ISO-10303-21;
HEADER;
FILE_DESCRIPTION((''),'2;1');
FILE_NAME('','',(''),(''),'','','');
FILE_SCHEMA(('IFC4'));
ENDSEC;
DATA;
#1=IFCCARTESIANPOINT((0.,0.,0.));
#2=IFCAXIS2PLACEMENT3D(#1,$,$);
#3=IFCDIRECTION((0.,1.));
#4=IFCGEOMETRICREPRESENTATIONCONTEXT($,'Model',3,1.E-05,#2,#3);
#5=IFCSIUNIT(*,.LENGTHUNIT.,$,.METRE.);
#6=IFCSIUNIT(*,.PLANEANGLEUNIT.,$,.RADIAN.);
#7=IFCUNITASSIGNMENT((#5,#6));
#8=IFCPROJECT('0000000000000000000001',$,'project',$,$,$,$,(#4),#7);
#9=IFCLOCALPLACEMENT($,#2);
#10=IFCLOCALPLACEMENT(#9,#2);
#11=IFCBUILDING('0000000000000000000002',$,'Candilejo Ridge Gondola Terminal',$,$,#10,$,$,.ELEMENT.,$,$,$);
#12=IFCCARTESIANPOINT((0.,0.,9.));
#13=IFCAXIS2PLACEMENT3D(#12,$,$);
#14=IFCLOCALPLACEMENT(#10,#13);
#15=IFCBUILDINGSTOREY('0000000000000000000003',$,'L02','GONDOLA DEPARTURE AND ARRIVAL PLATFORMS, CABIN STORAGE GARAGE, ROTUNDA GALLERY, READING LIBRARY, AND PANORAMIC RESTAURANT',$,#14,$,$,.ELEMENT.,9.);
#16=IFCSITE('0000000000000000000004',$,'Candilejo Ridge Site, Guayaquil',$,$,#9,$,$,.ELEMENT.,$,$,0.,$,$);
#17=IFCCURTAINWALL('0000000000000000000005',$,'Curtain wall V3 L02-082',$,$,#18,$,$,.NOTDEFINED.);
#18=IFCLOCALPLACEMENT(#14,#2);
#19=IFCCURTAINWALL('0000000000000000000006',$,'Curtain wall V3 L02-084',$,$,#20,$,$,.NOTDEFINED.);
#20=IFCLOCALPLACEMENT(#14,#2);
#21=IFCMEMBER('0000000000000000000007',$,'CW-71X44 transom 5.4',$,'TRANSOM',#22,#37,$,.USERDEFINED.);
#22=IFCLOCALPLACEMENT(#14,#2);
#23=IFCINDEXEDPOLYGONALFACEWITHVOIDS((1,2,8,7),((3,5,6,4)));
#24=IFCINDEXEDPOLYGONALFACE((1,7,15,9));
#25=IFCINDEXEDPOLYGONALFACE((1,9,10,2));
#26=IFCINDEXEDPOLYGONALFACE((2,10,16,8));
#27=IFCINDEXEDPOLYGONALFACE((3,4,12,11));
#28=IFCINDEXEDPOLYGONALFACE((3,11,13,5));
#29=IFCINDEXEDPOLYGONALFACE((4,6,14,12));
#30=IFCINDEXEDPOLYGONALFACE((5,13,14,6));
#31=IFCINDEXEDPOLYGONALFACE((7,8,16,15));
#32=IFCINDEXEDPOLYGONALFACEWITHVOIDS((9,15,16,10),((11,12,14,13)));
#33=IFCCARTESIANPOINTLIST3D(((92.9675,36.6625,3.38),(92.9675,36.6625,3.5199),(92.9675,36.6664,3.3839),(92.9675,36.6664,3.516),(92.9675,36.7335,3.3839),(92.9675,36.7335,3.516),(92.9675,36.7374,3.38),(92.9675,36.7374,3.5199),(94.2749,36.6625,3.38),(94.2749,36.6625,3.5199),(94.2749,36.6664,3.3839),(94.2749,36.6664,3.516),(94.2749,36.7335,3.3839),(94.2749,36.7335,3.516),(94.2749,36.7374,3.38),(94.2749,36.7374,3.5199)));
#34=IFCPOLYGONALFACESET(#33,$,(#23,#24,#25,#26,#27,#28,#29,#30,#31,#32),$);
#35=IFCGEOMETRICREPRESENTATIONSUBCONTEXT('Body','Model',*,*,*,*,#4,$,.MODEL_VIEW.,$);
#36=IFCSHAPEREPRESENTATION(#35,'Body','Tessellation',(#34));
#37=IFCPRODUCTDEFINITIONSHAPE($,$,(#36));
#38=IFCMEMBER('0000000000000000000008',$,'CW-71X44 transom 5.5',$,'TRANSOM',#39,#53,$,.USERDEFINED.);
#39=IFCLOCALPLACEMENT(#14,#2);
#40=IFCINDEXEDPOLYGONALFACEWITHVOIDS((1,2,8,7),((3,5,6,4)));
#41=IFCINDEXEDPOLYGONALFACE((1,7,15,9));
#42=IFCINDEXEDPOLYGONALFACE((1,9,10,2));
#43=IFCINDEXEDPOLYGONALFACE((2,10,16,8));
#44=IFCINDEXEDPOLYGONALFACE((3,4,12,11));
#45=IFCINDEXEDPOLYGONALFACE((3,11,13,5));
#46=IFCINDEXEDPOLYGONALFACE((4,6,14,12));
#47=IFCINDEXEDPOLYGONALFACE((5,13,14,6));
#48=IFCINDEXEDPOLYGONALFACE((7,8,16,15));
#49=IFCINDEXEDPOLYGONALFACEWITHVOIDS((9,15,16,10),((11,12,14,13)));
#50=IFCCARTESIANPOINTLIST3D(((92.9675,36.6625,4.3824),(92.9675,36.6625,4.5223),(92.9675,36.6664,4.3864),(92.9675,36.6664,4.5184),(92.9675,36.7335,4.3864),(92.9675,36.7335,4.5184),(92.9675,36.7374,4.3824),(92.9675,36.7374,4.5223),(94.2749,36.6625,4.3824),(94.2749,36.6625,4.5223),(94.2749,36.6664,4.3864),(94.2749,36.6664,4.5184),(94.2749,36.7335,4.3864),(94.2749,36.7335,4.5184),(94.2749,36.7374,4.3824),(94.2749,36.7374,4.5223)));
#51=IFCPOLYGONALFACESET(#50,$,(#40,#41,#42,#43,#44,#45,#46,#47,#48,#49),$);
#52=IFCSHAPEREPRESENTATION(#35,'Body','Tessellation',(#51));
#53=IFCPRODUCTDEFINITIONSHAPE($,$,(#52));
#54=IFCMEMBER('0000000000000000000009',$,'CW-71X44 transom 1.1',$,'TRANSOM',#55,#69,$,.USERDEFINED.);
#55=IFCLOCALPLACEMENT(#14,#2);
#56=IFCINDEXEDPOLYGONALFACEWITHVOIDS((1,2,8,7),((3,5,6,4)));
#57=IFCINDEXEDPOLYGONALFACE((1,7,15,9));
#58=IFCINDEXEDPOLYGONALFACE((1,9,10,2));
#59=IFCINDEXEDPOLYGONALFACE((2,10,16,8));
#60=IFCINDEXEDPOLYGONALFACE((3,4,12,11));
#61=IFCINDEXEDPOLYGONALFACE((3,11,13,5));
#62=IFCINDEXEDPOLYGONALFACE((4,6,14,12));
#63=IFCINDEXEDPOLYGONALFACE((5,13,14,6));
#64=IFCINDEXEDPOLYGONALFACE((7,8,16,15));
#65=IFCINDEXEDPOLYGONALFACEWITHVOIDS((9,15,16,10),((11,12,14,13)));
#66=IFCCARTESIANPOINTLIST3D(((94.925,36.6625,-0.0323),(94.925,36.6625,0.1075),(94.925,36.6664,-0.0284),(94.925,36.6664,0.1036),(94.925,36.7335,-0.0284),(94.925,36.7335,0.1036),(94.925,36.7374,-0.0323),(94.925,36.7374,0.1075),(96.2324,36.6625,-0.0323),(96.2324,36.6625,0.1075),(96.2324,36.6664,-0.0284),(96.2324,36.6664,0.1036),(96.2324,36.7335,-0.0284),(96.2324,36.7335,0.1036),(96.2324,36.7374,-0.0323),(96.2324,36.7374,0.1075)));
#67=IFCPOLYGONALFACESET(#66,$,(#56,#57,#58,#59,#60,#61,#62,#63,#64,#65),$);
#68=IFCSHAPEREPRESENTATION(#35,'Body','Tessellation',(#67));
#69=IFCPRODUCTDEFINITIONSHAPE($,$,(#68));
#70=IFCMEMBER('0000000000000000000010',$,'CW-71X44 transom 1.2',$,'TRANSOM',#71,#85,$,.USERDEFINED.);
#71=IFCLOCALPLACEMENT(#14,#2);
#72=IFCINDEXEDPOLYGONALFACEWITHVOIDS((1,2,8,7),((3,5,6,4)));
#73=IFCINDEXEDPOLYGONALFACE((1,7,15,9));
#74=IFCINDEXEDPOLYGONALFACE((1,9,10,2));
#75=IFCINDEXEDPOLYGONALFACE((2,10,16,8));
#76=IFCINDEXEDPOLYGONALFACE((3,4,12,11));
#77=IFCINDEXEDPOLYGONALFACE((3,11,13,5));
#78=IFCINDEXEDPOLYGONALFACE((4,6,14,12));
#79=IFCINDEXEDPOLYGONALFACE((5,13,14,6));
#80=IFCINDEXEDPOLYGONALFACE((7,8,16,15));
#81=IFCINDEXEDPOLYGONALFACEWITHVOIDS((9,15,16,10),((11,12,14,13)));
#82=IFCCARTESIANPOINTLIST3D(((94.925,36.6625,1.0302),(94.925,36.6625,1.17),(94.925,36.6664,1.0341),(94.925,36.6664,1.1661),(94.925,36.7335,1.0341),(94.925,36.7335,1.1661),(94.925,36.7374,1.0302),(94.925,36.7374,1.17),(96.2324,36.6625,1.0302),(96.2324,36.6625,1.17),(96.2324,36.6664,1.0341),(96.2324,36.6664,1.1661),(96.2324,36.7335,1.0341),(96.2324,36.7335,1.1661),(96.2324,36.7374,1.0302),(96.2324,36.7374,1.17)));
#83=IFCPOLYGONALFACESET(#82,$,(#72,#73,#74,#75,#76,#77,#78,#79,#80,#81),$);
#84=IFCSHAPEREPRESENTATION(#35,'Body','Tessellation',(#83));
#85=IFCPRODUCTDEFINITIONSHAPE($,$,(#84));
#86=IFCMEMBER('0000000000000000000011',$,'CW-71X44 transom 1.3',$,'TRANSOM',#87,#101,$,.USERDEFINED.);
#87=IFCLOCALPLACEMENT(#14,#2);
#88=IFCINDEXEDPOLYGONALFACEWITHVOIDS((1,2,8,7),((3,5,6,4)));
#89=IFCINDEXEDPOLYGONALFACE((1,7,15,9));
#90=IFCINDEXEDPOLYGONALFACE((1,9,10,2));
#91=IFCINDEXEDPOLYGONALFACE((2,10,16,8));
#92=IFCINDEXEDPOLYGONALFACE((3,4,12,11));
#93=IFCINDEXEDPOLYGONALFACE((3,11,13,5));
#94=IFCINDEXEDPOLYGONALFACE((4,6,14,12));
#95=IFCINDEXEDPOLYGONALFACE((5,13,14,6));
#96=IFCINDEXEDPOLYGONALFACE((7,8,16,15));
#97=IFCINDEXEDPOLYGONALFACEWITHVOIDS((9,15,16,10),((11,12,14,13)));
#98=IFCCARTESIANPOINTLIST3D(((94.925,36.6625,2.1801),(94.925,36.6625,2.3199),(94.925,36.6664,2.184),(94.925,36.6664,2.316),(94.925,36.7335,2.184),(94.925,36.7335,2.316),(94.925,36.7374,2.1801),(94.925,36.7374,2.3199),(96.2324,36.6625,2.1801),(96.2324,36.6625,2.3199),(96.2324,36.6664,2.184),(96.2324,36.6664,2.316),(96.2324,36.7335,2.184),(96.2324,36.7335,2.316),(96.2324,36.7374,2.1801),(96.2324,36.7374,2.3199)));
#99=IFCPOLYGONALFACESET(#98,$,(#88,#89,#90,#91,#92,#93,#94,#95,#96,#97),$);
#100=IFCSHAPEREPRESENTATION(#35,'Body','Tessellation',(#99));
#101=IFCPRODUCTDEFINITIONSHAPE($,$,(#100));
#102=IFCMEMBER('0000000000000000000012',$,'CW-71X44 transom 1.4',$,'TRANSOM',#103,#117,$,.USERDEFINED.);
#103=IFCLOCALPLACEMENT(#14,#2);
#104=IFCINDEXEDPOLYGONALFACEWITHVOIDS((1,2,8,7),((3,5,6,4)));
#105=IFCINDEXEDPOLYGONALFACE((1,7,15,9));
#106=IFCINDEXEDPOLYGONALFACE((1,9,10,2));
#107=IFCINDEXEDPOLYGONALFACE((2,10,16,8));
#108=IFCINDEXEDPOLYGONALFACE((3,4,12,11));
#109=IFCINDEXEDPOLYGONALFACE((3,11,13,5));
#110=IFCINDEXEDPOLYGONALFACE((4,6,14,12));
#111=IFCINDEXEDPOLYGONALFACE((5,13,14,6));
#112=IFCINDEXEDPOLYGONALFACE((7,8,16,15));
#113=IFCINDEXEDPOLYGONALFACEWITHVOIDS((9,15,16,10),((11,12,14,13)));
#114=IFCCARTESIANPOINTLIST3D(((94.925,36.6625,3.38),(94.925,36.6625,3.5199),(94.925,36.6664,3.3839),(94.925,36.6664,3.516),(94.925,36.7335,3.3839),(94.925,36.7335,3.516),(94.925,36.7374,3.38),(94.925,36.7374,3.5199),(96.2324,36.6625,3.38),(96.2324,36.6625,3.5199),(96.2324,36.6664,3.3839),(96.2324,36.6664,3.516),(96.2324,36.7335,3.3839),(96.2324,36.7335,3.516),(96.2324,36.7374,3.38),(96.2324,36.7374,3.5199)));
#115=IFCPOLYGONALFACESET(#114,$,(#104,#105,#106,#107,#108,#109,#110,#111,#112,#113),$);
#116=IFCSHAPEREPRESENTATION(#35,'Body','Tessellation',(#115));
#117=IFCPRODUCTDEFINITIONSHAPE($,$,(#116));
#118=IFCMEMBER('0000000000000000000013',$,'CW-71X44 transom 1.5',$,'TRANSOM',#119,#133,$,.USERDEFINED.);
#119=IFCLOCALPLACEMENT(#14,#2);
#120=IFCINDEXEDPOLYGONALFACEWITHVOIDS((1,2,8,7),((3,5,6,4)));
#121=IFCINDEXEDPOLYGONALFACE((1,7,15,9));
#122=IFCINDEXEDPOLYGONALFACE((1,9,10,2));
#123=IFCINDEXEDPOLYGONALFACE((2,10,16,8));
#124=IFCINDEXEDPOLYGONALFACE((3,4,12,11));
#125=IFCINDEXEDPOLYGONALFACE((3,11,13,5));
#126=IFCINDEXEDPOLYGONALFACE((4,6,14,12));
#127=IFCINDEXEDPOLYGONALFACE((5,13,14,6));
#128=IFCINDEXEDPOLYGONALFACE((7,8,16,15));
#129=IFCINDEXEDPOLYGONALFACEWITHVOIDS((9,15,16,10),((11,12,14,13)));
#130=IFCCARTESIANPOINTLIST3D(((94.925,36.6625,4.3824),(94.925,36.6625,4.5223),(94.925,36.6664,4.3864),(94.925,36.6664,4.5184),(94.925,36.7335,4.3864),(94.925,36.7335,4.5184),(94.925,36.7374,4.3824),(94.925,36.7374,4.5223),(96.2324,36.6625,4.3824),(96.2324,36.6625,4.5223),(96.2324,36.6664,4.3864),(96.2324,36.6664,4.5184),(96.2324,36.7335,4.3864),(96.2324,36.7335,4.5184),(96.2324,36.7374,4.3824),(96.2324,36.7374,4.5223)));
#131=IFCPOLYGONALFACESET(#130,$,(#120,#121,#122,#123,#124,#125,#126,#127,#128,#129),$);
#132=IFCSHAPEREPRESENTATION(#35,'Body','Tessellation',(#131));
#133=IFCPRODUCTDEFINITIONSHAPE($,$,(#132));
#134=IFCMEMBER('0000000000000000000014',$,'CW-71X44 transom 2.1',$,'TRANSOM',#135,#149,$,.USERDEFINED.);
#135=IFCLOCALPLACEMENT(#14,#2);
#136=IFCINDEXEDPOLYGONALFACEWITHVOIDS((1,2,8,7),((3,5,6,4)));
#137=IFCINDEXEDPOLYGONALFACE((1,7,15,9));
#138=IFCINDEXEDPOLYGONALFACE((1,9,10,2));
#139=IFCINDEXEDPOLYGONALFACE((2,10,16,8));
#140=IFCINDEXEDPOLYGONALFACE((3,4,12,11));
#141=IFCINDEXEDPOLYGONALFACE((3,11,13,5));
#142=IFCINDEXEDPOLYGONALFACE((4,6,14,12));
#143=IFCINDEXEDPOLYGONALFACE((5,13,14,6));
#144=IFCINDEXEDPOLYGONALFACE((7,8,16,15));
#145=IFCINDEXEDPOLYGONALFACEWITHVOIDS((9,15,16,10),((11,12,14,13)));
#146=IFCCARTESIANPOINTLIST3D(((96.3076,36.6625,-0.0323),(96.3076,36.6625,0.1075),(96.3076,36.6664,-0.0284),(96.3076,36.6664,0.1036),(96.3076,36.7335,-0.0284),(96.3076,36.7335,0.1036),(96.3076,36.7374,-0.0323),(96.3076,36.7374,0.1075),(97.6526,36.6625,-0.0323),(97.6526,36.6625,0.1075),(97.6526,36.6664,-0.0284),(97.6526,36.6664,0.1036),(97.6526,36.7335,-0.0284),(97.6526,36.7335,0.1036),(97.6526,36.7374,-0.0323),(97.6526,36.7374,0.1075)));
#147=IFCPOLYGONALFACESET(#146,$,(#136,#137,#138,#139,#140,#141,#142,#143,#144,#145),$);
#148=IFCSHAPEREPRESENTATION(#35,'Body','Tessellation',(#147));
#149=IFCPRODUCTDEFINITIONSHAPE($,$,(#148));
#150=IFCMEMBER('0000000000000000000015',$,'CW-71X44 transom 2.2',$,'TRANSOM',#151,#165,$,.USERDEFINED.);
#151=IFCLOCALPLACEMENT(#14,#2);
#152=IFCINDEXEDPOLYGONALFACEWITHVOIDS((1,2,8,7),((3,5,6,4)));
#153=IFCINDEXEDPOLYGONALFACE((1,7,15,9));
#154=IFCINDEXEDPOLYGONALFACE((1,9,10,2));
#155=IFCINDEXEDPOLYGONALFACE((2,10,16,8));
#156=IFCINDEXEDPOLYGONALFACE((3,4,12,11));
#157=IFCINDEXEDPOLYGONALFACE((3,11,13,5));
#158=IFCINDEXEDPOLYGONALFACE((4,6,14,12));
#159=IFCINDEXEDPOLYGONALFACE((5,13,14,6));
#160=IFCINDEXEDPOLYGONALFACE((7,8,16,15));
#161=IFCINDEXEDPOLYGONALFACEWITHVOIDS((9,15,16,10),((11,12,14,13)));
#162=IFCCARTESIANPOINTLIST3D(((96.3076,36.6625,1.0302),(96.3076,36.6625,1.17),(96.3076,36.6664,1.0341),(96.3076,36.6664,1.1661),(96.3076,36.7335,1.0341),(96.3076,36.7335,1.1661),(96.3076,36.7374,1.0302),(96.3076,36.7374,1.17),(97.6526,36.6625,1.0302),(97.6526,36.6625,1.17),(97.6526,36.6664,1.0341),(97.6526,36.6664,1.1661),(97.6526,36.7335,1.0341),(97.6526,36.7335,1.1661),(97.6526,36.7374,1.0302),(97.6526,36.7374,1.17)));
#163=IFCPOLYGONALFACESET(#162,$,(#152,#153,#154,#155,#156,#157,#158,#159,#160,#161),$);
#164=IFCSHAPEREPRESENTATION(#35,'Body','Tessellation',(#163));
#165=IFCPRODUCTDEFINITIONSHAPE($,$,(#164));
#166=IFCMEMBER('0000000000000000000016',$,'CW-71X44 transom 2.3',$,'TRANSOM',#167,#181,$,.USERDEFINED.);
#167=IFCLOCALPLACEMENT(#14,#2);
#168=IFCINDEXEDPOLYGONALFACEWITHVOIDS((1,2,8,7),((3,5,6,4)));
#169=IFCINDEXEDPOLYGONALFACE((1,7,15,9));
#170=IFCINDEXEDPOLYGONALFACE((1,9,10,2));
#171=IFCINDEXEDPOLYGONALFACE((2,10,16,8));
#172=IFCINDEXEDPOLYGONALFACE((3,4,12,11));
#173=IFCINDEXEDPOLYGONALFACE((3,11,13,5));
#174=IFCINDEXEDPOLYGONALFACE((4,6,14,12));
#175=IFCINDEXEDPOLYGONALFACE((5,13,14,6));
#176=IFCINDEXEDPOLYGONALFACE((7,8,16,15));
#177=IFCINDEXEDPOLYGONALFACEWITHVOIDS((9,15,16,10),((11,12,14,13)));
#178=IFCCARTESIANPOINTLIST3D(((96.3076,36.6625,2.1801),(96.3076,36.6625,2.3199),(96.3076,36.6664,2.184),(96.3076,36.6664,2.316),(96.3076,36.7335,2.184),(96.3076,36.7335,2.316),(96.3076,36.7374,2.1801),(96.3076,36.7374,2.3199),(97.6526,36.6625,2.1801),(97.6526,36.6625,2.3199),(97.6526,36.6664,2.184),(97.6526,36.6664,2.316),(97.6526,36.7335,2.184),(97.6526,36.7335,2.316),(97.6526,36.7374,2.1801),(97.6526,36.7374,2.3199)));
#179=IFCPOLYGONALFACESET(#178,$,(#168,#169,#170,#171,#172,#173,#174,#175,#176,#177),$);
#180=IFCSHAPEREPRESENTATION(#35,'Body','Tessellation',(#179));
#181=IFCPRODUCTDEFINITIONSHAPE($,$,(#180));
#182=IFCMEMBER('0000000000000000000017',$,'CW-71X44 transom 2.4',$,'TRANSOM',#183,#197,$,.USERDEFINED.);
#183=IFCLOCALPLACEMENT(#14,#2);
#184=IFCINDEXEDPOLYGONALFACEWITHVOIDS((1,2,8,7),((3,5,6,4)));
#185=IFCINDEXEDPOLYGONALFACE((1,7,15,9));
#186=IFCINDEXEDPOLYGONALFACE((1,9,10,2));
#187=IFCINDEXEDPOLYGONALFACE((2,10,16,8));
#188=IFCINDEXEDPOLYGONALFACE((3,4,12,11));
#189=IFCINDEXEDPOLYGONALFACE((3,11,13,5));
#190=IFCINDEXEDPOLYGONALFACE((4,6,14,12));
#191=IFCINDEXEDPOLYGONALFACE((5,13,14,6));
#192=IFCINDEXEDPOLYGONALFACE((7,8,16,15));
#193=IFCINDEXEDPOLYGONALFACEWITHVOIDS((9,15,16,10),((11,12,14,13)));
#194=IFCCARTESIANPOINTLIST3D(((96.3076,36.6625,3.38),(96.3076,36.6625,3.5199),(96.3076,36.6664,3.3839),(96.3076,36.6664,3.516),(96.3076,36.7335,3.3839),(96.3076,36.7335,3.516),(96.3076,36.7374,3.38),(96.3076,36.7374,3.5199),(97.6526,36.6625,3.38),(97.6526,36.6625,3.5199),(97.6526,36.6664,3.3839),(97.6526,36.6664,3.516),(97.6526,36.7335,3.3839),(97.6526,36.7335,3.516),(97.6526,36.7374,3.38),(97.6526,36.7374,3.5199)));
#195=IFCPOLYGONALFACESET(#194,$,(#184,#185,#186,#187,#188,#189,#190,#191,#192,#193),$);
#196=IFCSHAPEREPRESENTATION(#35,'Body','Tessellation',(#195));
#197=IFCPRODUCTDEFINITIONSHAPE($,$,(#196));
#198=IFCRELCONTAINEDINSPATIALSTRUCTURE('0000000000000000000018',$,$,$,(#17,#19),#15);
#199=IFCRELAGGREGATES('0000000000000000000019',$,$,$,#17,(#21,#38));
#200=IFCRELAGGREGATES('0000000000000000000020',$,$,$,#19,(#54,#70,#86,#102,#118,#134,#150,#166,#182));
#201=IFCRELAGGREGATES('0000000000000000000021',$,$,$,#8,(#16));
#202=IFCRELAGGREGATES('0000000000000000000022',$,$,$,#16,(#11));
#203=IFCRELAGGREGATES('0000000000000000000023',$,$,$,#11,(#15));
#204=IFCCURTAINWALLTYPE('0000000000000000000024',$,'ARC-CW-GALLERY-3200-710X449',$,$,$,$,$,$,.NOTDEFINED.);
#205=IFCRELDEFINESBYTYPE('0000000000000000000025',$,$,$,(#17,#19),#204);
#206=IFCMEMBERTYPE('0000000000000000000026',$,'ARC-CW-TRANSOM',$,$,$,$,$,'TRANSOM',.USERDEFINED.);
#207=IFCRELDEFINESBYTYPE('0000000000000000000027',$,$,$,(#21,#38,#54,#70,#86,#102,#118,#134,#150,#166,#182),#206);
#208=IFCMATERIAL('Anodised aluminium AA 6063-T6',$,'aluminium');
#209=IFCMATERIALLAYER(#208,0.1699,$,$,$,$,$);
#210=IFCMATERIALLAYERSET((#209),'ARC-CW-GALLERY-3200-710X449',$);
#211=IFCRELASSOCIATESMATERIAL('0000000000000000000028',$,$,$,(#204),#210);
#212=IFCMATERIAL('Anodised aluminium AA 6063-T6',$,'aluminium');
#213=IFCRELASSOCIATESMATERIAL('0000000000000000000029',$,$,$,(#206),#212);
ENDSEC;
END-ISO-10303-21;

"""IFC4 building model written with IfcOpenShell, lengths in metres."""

from ifc_helpers import new_model, si_unit, direction, frame, origin, origin_2d, place, context, subcontext, project, spatial, hollow_rectangle, extrude, material, layer, layer_set, material_profile, profile_set, type_object, element, aggregate, save


model = new_model("IFC4")

# Units and contexts
model_context = context("Model", 3, precision=1e-05, world=origin(), true_north=direction((0.0, 1.0)))
body_context = subcontext(model_context, "Body", "Model", "MODEL_VIEW")
ifc_project = project(units=[si_unit("LENGTHUNIT", "METRE"), si_unit("PLANEANGLEUNIT", "RADIAN")], contexts=[model_context])

# Site, building, storey
site_placement = place(None, origin())
site = spatial("IfcSite", under=ifc_project, at=site_placement, Name="Candilejo Ridge Site, Guayaquil", CompositionType="ELEMENT", RefElevation=0.0)
building_placement = place(site_placement, origin())
building = spatial("IfcBuilding", under=site, at=building_placement, Name="Candilejo Ridge Gondola Terminal", CompositionType="ELEMENT")
storey_placement = place(building_placement, frame((0.0, 0.0, 9.0)))
storey = spatial("IfcBuildingStorey", under=building, at=storey_placement, Name="L02", Description="GONDOLA DEPARTURE AND ARRIVAL PLATFORMS, CABIN STORAGE GARAGE, ROTUNDA GALLERY, READING LIBRARY, AND PANORAMIC RESTAURANT", CompositionType="ELEMENT", Elevation=9.0)

# Curtain walls
ifc_material_1 = material(Name="Anodised aluminium AA 6063-T6", Category="aluminium")
ifc_layer_1 = layer(ifc_material_1, 0.1699)
ifc_layer_set_1 = layer_set([ifc_layer_1], Name="ARC-CW-GALLERY-3200-710X449")
curtain_wall_type = type_object("IfcCurtainWallType", Name="ARC-CW-GALLERY-3200-710X449", PredefinedType="NOTDEFINED", material=ifc_layer_set_1)
curtain_wall_1_placement = place(storey_placement, origin())
curtain_wall_1 = element("IfcCurtainWall", 1, at=curtain_wall_1_placement, inside=storey, type_object=curtain_wall_type, Name="Curtain wall V3 L02-082", PredefinedType="NOTDEFINED")
curtain_wall_2_placement = place(storey_placement, origin())
curtain_wall_2 = element("IfcCurtainWall", 2, at=curtain_wall_2_placement, inside=storey, type_object=curtain_wall_type, Name="Curtain wall V3 L02-084", PredefinedType="NOTDEFINED")

# Members
ifc_material_2 = material(Name="Anodised aluminium AA 6063-T6", Category="aluminium")
ifc_material_profile_1 = material_profile(ifc_material_2, hollow_rectangle(XDim=0.075, YDim=0.1399, WallThickness=0.0039, at=origin_2d()))
ifc_profile_set_1 = profile_set([ifc_material_profile_1], Name="Anodised aluminium AA 6063-T6")
member_type_1 = type_object("IfcMemberType", Name="ARC-CW-TRANSOM", ElementType="TRANSOM", PredefinedType="USERDEFINED", material=ifc_profile_set_1)
member_1_placement = place(storey_placement, frame((92.9675, 36.7, 3.45), z_axis=(1.0, 0.0, 0.0), x_axis=(0.0, 1.0, 0.0)))
member_1 = element("IfcMember", 3, at=member_1_placement, type_object=member_type_1, Name="CW-71X44 transom 5.4", ObjectType="TRANSOM", PredefinedType="USERDEFINED", context=body_context, shape_type="SweptSolid", body=[
    extrude(hollow_rectangle(XDim=0.075, YDim=0.1399, WallThickness=0.0039, at=origin_2d()), origin(), (0.0, 0.0, 1.0), 1.3074),
])
member_2_placement = place(storey_placement, frame((92.9675, 36.7, 4.4524), z_axis=(1.0, 0.0, 0.0), x_axis=(0.0, 1.0, 0.0)))
member_2 = element("IfcMember", 4, at=member_2_placement, type_object=member_type_1, Name="CW-71X44 transom 5.5", ObjectType="TRANSOM", PredefinedType="USERDEFINED", context=body_context, shape_type="SweptSolid", body=[
    extrude(hollow_rectangle(XDim=0.075, YDim=0.1399, WallThickness=0.0039, at=origin_2d()), origin(), (0.0, 0.0, 1.0), 1.3074),
])
member_3_placement = place(storey_placement, frame((94.925, 36.7, 0.0376), z_axis=(1.0, 0.0, 0.0), x_axis=(0.0, 1.0, 0.0)))
member_3 = element("IfcMember", 5, at=member_3_placement, type_object=member_type_1, Name="CW-71X44 transom 1.1", ObjectType="TRANSOM", PredefinedType="USERDEFINED", context=body_context, shape_type="SweptSolid", body=[
    extrude(hollow_rectangle(XDim=0.075, YDim=0.1399, WallThickness=0.0039, at=origin_2d()), origin(), (0.0, 0.0, 1.0), 1.3074),
])
member_4_placement = place(storey_placement, frame((94.925, 36.7, 1.1001), z_axis=(1.0, 0.0, 0.0), x_axis=(0.0, 1.0, 0.0)))
member_4 = element("IfcMember", 6, at=member_4_placement, type_object=member_type_1, Name="CW-71X44 transom 1.2", ObjectType="TRANSOM", PredefinedType="USERDEFINED", context=body_context, shape_type="SweptSolid", body=[
    extrude(hollow_rectangle(XDim=0.075, YDim=0.1399, WallThickness=0.0039, at=origin_2d()), origin(), (0.0, 0.0, 1.0), 1.3074),
])
member_5_placement = place(storey_placement, frame((94.925, 36.7, 2.25), z_axis=(1.0, 0.0, 0.0), x_axis=(0.0, 1.0, 0.0)))
member_5 = element("IfcMember", 7, at=member_5_placement, type_object=member_type_1, Name="CW-71X44 transom 1.3", ObjectType="TRANSOM", PredefinedType="USERDEFINED", context=body_context, shape_type="SweptSolid", body=[
    extrude(hollow_rectangle(XDim=0.075, YDim=0.1399, WallThickness=0.0039, at=origin_2d()), origin(), (0.0, 0.0, 1.0), 1.3074),
])
member_6_placement = place(storey_placement, frame((94.925, 36.7, 3.45), z_axis=(1.0, 0.0, 0.0), x_axis=(0.0, 1.0, 0.0)))
member_6 = element("IfcMember", 8, at=member_6_placement, type_object=member_type_1, Name="CW-71X44 transom 1.4", ObjectType="TRANSOM", PredefinedType="USERDEFINED", context=body_context, shape_type="SweptSolid", body=[
    extrude(hollow_rectangle(XDim=0.075, YDim=0.1399, WallThickness=0.0039, at=origin_2d()), origin(), (0.0, 0.0, 1.0), 1.3074),
])
member_7_placement = place(storey_placement, frame((94.925, 36.7, 4.4524), z_axis=(1.0, 0.0, 0.0), x_axis=(0.0, 1.0, 0.0)))
member_7 = element("IfcMember", 9, at=member_7_placement, type_object=member_type_1, Name="CW-71X44 transom 1.5", ObjectType="TRANSOM", PredefinedType="USERDEFINED", context=body_context, shape_type="SweptSolid", body=[
    extrude(hollow_rectangle(XDim=0.075, YDim=0.1399, WallThickness=0.0039, at=origin_2d()), origin(), (0.0, 0.0, 1.0), 1.3074),
])
member_8_placement = place(storey_placement, frame((96.3076, 36.7, 0.0376), z_axis=(1.0, 0.0, 0.0), x_axis=(0.0, 1.0, 0.0)))
member_8 = element("IfcMember", 10, at=member_8_placement, type_object=member_type_1, Name="CW-71X44 transom 2.1", ObjectType="TRANSOM", PredefinedType="USERDEFINED", context=body_context, shape_type="SweptSolid", body=[
    extrude(hollow_rectangle(XDim=0.075, YDim=0.1399, WallThickness=0.0039, at=origin_2d()), origin(), (0.0, 0.0, 1.0), 1.345),
])
member_9_placement = place(storey_placement, frame((96.3076, 36.7, 1.1001), z_axis=(1.0, 0.0, 0.0), x_axis=(0.0, 1.0, 0.0)))
member_9 = element("IfcMember", 11, at=member_9_placement, type_object=member_type_1, Name="CW-71X44 transom 2.2", ObjectType="TRANSOM", PredefinedType="USERDEFINED", context=body_context, shape_type="SweptSolid", body=[
    extrude(hollow_rectangle(XDim=0.075, YDim=0.1399, WallThickness=0.0039, at=origin_2d()), origin(), (0.0, 0.0, 1.0), 1.345),
])
member_10_placement = place(storey_placement, frame((96.3076, 36.7, 2.25), z_axis=(1.0, 0.0, 0.0), x_axis=(0.0, 1.0, 0.0)))
member_10 = element("IfcMember", 12, at=member_10_placement, type_object=member_type_1, Name="CW-71X44 transom 2.3", ObjectType="TRANSOM", PredefinedType="USERDEFINED", context=body_context, shape_type="SweptSolid", body=[
    extrude(hollow_rectangle(XDim=0.075, YDim=0.1399, WallThickness=0.0039, at=origin_2d()), origin(), (0.0, 0.0, 1.0), 1.345),
])
member_11_placement = place(storey_placement, frame((96.3076, 36.7, 3.45), z_axis=(1.0, 0.0, 0.0), x_axis=(0.0, 1.0, 0.0)))
member_11 = element("IfcMember", 13, at=member_11_placement, type_object=member_type_1, Name="CW-71X44 transom 2.4", ObjectType="TRANSOM", PredefinedType="USERDEFINED", context=body_context, shape_type="SweptSolid", body=[
    extrude(hollow_rectangle(XDim=0.075, YDim=0.1399, WallThickness=0.0039, at=origin_2d()), origin(), (0.0, 0.0, 1.0), 1.345),
])

aggregate(curtain_wall_1, [member_1, member_2])
aggregate(curtain_wall_2, [member_3, member_4, member_5, member_6, member_7, member_8, member_9, member_10, member_11])

save(model, "model.ifc")
